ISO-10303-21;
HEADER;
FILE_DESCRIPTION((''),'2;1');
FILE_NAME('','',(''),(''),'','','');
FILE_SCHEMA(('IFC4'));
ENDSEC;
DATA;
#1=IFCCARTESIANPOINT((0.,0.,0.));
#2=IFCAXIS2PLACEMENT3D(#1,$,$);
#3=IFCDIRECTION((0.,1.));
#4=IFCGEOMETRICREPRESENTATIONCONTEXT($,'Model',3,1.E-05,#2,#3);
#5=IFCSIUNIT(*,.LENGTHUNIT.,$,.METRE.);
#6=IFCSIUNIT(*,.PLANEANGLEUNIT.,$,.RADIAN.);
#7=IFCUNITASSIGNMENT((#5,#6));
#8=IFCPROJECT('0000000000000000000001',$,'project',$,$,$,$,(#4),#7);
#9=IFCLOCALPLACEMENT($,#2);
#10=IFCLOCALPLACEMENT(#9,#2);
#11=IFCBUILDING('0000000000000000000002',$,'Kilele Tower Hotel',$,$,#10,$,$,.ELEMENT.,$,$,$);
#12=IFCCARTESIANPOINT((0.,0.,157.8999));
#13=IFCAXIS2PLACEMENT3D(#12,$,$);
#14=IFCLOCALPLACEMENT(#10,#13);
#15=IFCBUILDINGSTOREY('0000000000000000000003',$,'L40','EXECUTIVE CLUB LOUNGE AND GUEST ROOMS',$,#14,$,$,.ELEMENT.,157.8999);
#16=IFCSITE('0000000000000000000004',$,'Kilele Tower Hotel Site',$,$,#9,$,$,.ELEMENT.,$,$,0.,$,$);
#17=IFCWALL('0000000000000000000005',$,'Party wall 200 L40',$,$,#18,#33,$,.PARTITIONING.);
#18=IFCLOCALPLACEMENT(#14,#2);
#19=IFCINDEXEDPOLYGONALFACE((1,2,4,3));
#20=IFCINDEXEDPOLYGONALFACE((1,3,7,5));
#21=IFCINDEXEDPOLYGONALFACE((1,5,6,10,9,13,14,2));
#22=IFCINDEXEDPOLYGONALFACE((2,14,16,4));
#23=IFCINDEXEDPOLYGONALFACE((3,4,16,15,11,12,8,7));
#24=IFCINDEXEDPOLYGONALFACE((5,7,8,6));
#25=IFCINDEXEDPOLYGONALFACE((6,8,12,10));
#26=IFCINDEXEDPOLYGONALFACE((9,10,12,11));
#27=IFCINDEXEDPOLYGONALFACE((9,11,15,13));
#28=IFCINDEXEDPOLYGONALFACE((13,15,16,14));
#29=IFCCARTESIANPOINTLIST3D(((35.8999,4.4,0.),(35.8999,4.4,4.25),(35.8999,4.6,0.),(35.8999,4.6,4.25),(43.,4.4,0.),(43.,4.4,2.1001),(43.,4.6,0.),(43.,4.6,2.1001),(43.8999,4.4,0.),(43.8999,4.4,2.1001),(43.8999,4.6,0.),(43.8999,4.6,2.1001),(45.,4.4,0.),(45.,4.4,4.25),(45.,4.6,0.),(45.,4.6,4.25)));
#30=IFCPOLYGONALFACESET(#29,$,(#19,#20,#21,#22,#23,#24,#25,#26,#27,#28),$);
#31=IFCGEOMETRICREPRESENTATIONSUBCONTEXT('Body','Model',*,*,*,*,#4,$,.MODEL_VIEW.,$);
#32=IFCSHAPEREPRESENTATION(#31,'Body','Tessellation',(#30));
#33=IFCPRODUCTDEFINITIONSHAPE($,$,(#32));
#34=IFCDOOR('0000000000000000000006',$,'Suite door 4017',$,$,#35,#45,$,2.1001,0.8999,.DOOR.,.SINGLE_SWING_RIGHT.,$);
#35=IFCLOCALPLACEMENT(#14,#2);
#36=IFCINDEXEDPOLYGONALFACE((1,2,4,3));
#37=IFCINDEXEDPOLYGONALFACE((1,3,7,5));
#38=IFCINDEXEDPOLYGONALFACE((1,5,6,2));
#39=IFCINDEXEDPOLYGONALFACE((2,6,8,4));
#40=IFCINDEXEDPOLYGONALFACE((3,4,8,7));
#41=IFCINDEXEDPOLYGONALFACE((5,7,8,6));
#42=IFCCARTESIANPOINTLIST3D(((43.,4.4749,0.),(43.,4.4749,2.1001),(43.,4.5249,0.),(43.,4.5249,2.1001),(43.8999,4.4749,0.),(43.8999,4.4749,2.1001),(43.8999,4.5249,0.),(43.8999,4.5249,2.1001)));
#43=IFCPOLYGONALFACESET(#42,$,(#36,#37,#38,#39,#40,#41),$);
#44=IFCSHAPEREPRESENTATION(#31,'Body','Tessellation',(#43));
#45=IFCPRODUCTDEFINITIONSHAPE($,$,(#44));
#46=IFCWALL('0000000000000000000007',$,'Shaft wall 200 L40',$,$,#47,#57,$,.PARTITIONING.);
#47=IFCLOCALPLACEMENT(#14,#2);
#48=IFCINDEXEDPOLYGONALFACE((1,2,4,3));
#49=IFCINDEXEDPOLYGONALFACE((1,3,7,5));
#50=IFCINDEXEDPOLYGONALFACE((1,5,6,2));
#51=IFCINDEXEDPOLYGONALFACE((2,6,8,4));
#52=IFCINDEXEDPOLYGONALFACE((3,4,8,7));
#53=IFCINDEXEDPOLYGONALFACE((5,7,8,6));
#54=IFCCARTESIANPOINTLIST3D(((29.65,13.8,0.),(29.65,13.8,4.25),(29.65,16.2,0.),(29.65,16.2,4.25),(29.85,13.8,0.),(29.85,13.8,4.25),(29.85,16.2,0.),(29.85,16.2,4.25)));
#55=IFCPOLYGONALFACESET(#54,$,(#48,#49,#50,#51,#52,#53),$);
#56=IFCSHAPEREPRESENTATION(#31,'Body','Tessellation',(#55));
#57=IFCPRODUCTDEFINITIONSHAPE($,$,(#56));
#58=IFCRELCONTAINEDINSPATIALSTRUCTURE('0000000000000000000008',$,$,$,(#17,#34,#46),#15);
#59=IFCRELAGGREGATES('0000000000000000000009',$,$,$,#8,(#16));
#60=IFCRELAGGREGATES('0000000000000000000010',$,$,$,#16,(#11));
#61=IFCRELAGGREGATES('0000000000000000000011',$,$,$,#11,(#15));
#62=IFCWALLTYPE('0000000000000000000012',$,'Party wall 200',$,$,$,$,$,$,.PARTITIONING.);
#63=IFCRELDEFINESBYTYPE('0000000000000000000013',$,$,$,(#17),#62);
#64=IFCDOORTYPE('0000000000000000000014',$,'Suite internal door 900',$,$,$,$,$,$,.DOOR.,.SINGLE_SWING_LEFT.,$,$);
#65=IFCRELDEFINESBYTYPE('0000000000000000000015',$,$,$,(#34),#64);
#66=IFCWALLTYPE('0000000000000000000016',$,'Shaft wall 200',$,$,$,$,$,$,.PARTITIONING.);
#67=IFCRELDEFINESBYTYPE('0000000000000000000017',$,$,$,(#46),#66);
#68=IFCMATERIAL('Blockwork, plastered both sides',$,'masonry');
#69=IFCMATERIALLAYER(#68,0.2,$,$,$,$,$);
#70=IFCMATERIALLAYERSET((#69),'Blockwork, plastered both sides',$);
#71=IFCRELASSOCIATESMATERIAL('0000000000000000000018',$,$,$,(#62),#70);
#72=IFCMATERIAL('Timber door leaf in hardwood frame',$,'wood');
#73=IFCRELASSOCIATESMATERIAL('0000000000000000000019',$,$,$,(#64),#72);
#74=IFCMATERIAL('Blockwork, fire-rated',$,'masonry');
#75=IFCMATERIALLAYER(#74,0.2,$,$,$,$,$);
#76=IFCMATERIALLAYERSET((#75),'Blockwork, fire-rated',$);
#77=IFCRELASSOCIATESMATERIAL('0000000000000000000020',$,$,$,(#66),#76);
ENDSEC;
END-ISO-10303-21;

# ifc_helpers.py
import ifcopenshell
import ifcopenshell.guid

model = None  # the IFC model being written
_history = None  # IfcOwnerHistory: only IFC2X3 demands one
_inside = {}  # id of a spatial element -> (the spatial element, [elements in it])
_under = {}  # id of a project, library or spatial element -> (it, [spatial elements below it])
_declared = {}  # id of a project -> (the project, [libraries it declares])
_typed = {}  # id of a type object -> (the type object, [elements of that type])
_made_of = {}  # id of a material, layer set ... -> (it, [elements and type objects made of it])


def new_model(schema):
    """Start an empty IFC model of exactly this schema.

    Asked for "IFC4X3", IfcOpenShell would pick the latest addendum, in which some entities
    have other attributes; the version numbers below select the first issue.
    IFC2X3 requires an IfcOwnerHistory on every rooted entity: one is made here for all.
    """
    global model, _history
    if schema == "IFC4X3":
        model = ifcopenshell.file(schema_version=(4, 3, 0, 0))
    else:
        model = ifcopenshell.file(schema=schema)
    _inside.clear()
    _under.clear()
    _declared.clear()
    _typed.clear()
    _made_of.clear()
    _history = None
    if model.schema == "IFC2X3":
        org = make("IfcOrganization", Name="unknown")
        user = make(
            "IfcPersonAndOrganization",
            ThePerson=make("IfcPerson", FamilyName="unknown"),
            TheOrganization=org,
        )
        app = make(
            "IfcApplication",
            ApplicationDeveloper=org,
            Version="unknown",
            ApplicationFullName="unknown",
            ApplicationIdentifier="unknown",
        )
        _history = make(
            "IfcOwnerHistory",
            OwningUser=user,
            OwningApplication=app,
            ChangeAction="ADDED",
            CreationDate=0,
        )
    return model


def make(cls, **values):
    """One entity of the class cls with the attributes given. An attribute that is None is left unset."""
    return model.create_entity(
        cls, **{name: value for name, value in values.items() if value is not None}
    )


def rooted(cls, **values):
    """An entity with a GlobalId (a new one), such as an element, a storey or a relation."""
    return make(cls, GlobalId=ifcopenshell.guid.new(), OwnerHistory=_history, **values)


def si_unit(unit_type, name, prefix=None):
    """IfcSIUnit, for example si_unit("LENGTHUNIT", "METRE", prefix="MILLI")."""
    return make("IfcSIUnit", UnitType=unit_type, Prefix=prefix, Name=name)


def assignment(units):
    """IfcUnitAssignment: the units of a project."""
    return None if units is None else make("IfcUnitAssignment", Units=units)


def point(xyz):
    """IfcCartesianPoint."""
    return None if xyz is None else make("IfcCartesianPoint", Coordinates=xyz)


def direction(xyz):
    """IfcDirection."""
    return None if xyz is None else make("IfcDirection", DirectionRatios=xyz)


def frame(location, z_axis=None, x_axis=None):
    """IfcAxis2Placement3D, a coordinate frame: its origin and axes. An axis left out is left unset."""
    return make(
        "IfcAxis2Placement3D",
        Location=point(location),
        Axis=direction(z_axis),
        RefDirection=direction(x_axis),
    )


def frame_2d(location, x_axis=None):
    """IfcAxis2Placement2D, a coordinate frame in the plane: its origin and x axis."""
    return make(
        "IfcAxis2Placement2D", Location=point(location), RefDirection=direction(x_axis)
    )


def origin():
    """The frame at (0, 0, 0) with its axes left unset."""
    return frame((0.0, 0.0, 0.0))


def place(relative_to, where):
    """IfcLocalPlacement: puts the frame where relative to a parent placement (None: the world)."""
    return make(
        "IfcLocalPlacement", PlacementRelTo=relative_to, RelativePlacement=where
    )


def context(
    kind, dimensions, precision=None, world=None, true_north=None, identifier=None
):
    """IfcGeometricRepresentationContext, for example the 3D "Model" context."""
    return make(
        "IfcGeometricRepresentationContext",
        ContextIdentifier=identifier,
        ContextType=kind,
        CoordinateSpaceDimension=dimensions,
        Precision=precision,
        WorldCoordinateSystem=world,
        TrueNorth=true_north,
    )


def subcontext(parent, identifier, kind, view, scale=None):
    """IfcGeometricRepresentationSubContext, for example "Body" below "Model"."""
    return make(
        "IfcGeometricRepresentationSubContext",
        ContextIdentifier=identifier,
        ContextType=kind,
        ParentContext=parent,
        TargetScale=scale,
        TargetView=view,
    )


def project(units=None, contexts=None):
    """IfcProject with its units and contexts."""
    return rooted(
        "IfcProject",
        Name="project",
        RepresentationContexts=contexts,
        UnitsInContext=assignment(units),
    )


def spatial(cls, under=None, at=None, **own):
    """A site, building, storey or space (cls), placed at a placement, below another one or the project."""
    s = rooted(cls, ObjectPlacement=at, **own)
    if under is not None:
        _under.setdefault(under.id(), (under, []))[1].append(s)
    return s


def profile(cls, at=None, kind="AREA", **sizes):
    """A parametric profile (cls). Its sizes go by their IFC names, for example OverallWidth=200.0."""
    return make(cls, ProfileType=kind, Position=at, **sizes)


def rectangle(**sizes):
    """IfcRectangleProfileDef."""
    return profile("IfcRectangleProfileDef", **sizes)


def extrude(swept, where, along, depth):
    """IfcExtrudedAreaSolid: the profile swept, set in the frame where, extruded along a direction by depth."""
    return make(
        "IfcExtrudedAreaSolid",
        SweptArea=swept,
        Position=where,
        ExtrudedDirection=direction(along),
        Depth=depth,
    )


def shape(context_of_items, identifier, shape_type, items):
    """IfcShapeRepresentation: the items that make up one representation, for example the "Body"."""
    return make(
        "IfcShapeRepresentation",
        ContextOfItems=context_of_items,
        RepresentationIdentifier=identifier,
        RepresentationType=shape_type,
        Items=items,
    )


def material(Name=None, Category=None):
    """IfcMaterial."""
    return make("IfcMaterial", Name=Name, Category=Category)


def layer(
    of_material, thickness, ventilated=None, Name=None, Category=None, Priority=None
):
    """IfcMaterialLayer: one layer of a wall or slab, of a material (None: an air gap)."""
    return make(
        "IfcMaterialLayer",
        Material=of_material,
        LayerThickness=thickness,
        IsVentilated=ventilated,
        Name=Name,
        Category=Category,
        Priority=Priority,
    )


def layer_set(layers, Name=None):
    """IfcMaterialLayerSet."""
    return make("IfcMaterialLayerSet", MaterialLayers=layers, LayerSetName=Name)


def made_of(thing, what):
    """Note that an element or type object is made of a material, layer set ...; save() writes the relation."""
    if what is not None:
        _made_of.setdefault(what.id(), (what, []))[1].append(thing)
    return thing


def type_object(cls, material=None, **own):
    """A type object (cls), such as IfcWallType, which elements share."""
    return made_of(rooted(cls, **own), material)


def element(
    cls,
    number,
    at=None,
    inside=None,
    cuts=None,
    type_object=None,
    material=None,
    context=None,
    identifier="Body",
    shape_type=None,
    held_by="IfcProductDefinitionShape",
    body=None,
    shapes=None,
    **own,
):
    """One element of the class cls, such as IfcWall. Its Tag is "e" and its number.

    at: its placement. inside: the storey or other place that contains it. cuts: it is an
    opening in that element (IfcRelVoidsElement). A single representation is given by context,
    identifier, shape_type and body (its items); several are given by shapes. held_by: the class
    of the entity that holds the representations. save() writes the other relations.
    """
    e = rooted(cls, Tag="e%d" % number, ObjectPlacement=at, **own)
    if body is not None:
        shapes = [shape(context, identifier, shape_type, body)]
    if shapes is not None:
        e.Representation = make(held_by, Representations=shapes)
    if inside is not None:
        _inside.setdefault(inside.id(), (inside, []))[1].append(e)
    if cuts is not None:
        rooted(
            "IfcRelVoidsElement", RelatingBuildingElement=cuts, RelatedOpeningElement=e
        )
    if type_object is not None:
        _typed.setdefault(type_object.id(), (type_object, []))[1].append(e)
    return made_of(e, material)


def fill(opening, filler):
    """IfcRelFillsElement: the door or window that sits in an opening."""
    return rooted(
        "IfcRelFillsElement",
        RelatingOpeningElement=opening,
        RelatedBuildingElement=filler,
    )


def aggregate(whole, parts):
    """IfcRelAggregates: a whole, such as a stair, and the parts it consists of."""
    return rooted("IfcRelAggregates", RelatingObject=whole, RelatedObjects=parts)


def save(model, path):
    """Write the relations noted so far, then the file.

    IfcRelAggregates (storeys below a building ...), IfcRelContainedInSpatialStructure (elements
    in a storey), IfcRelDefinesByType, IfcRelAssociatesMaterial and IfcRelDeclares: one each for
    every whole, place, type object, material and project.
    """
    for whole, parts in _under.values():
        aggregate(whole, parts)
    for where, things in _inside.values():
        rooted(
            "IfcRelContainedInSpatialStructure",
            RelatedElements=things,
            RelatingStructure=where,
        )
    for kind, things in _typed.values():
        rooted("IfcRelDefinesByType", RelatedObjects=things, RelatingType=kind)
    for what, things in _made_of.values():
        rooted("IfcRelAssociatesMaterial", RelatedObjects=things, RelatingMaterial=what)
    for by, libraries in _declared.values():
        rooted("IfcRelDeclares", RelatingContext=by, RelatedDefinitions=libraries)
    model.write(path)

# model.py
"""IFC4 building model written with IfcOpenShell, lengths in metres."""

from ifc_helpers import new_model, si_unit, direction, frame, frame_2d, origin, place, context, subcontext, project, spatial, rectangle, extrude, material, layer, layer_set, type_object, element, fill, save


model = new_model("IFC4")

# Units and contexts
model_context = context("Model", 3, precision=1e-05, world=origin(), true_north=direction((0.0, 1.0)))
body_context = subcontext(model_context, "Body", "Model", "MODEL_VIEW")
ifc_project = project(units=[si_unit("LENGTHUNIT", "METRE"), si_unit("PLANEANGLEUNIT", "RADIAN")], contexts=[model_context])

# Site, building, storey
site_placement = place(None, origin())
site = spatial("IfcSite", under=ifc_project, at=site_placement, Name="Kilele Tower Hotel Site", CompositionType="ELEMENT", RefElevation=0.0)
building_placement = place(site_placement, origin())
building = spatial("IfcBuilding", under=site, at=building_placement, Name="Kilele Tower Hotel", CompositionType="ELEMENT")
storey_placement = place(building_placement, frame((0.0, 0.0, 157.8999)))
storey = spatial("IfcBuildingStorey", under=building, at=storey_placement, Name="L40", Description="EXECUTIVE CLUB LOUNGE AND GUEST ROOMS", CompositionType="ELEMENT", Elevation=157.8999)

# Shared definitions
ifc_material_1 = material(Name="Blockwork, plastered both sides", Category="masonry")
ifc_layer_1 = layer(ifc_material_1, 0.2)
ifc_layer_set_1 = layer_set([ifc_layer_1], Name="Blockwork, plastered both sides")
wall_type_1 = type_object("IfcWallType", Name="Party wall 200", PredefinedType="PARTITIONING", material=ifc_layer_set_1)

# Wall, opening, door
wall_1_placement = place(storey_placement, frame((35.8999, 4.5, 0.0), z_axis=(0.0, 0.0, 1.0), x_axis=(1.0, 0.0, 0.0)))
wall_1 = element("IfcWall", 1, at=wall_1_placement, inside=storey, type_object=wall_type_1, Name="Party wall 200 L40", PredefinedType="PARTITIONING", context=body_context, shape_type="SweptSolid", body=[
    extrude(rectangle(XDim=9.1001, YDim=0.2, at=frame_2d((4.55, 0.0))), origin(), (0.0, 0.0, 1.0), 4.25),
])
opening_1_placement = place(wall_1_placement, frame((7.1001, 0.0, 0.0)))
opening_1 = element("IfcOpeningElement", 2, at=opening_1_placement, cuts=wall_1, PredefinedType="OPENING", context=body_context, shape_type="SweptSolid", body=[
    extrude(rectangle(XDim=0.8999, YDim=2.1001, at=frame_2d((0.45, 1.05))), frame((0.0, 0.1099, 0.0), z_axis=(0.0, -1.0, 0.0), x_axis=(1.0, 0.0, 0.0)), (0.0, 0.0, 1.0), 0.22),
])
ifc_material_2 = material(Name="Timber door leaf in hardwood frame", Category="wood")
door_type_1 = type_object("IfcDoorType", Name="Suite internal door 900", OperationType="SINGLE_SWING_LEFT", PredefinedType="DOOR", material=ifc_material_2)
door_1_placement = place(opening_1_placement, origin())
door_1 = element("IfcDoor", 3, at=door_1_placement, inside=storey, type_object=door_type_1, Name="Suite door 4017", OperationType="SINGLE_SWING_RIGHT", OverallHeight=2.1001, OverallWidth=0.8999, PredefinedType="DOOR", context=body_context, shape_type="SweptSolid", body=[
    extrude(rectangle(XDim=0.8999, YDim=2.1001, at=frame_2d((0.45, 1.05))), frame((0.0, 0.0249, 0.0), z_axis=(0.0, -1.0, 0.0), x_axis=(1.0, 0.0, 0.0)), (0.0, 0.0, 1.0), 0.05),
])
fill(opening_1, door_1)

# Wall
ifc_material_3 = material(Name="Blockwork, fire-rated", Category="masonry")
ifc_layer_2 = layer(ifc_material_3, 0.2)
ifc_layer_set_2 = layer_set([ifc_layer_2], Name="Blockwork, fire-rated")
wall_type_2 = type_object("IfcWallType", Name="Shaft wall 200", PredefinedType="PARTITIONING", material=ifc_layer_set_2)
wall_2_placement = place(storey_placement, frame((29.75, 13.8, 0.0), z_axis=(0.0, 0.0, 1.0), x_axis=(0.0, 1.0, 0.0)))
element("IfcWall", 4, at=wall_2_placement, inside=storey, type_object=wall_type_2, Name="Shaft wall 200 L40", PredefinedType="PARTITIONING", context=body_context, shape_type="SweptSolid", body=[
    extrude(rectangle(XDim=2.3999, YDim=0.2, at=frame_2d((1.2, 0.0))), origin(), (0.0, 0.0, 1.0), 4.25),
])

save(model, "model.ifc")
